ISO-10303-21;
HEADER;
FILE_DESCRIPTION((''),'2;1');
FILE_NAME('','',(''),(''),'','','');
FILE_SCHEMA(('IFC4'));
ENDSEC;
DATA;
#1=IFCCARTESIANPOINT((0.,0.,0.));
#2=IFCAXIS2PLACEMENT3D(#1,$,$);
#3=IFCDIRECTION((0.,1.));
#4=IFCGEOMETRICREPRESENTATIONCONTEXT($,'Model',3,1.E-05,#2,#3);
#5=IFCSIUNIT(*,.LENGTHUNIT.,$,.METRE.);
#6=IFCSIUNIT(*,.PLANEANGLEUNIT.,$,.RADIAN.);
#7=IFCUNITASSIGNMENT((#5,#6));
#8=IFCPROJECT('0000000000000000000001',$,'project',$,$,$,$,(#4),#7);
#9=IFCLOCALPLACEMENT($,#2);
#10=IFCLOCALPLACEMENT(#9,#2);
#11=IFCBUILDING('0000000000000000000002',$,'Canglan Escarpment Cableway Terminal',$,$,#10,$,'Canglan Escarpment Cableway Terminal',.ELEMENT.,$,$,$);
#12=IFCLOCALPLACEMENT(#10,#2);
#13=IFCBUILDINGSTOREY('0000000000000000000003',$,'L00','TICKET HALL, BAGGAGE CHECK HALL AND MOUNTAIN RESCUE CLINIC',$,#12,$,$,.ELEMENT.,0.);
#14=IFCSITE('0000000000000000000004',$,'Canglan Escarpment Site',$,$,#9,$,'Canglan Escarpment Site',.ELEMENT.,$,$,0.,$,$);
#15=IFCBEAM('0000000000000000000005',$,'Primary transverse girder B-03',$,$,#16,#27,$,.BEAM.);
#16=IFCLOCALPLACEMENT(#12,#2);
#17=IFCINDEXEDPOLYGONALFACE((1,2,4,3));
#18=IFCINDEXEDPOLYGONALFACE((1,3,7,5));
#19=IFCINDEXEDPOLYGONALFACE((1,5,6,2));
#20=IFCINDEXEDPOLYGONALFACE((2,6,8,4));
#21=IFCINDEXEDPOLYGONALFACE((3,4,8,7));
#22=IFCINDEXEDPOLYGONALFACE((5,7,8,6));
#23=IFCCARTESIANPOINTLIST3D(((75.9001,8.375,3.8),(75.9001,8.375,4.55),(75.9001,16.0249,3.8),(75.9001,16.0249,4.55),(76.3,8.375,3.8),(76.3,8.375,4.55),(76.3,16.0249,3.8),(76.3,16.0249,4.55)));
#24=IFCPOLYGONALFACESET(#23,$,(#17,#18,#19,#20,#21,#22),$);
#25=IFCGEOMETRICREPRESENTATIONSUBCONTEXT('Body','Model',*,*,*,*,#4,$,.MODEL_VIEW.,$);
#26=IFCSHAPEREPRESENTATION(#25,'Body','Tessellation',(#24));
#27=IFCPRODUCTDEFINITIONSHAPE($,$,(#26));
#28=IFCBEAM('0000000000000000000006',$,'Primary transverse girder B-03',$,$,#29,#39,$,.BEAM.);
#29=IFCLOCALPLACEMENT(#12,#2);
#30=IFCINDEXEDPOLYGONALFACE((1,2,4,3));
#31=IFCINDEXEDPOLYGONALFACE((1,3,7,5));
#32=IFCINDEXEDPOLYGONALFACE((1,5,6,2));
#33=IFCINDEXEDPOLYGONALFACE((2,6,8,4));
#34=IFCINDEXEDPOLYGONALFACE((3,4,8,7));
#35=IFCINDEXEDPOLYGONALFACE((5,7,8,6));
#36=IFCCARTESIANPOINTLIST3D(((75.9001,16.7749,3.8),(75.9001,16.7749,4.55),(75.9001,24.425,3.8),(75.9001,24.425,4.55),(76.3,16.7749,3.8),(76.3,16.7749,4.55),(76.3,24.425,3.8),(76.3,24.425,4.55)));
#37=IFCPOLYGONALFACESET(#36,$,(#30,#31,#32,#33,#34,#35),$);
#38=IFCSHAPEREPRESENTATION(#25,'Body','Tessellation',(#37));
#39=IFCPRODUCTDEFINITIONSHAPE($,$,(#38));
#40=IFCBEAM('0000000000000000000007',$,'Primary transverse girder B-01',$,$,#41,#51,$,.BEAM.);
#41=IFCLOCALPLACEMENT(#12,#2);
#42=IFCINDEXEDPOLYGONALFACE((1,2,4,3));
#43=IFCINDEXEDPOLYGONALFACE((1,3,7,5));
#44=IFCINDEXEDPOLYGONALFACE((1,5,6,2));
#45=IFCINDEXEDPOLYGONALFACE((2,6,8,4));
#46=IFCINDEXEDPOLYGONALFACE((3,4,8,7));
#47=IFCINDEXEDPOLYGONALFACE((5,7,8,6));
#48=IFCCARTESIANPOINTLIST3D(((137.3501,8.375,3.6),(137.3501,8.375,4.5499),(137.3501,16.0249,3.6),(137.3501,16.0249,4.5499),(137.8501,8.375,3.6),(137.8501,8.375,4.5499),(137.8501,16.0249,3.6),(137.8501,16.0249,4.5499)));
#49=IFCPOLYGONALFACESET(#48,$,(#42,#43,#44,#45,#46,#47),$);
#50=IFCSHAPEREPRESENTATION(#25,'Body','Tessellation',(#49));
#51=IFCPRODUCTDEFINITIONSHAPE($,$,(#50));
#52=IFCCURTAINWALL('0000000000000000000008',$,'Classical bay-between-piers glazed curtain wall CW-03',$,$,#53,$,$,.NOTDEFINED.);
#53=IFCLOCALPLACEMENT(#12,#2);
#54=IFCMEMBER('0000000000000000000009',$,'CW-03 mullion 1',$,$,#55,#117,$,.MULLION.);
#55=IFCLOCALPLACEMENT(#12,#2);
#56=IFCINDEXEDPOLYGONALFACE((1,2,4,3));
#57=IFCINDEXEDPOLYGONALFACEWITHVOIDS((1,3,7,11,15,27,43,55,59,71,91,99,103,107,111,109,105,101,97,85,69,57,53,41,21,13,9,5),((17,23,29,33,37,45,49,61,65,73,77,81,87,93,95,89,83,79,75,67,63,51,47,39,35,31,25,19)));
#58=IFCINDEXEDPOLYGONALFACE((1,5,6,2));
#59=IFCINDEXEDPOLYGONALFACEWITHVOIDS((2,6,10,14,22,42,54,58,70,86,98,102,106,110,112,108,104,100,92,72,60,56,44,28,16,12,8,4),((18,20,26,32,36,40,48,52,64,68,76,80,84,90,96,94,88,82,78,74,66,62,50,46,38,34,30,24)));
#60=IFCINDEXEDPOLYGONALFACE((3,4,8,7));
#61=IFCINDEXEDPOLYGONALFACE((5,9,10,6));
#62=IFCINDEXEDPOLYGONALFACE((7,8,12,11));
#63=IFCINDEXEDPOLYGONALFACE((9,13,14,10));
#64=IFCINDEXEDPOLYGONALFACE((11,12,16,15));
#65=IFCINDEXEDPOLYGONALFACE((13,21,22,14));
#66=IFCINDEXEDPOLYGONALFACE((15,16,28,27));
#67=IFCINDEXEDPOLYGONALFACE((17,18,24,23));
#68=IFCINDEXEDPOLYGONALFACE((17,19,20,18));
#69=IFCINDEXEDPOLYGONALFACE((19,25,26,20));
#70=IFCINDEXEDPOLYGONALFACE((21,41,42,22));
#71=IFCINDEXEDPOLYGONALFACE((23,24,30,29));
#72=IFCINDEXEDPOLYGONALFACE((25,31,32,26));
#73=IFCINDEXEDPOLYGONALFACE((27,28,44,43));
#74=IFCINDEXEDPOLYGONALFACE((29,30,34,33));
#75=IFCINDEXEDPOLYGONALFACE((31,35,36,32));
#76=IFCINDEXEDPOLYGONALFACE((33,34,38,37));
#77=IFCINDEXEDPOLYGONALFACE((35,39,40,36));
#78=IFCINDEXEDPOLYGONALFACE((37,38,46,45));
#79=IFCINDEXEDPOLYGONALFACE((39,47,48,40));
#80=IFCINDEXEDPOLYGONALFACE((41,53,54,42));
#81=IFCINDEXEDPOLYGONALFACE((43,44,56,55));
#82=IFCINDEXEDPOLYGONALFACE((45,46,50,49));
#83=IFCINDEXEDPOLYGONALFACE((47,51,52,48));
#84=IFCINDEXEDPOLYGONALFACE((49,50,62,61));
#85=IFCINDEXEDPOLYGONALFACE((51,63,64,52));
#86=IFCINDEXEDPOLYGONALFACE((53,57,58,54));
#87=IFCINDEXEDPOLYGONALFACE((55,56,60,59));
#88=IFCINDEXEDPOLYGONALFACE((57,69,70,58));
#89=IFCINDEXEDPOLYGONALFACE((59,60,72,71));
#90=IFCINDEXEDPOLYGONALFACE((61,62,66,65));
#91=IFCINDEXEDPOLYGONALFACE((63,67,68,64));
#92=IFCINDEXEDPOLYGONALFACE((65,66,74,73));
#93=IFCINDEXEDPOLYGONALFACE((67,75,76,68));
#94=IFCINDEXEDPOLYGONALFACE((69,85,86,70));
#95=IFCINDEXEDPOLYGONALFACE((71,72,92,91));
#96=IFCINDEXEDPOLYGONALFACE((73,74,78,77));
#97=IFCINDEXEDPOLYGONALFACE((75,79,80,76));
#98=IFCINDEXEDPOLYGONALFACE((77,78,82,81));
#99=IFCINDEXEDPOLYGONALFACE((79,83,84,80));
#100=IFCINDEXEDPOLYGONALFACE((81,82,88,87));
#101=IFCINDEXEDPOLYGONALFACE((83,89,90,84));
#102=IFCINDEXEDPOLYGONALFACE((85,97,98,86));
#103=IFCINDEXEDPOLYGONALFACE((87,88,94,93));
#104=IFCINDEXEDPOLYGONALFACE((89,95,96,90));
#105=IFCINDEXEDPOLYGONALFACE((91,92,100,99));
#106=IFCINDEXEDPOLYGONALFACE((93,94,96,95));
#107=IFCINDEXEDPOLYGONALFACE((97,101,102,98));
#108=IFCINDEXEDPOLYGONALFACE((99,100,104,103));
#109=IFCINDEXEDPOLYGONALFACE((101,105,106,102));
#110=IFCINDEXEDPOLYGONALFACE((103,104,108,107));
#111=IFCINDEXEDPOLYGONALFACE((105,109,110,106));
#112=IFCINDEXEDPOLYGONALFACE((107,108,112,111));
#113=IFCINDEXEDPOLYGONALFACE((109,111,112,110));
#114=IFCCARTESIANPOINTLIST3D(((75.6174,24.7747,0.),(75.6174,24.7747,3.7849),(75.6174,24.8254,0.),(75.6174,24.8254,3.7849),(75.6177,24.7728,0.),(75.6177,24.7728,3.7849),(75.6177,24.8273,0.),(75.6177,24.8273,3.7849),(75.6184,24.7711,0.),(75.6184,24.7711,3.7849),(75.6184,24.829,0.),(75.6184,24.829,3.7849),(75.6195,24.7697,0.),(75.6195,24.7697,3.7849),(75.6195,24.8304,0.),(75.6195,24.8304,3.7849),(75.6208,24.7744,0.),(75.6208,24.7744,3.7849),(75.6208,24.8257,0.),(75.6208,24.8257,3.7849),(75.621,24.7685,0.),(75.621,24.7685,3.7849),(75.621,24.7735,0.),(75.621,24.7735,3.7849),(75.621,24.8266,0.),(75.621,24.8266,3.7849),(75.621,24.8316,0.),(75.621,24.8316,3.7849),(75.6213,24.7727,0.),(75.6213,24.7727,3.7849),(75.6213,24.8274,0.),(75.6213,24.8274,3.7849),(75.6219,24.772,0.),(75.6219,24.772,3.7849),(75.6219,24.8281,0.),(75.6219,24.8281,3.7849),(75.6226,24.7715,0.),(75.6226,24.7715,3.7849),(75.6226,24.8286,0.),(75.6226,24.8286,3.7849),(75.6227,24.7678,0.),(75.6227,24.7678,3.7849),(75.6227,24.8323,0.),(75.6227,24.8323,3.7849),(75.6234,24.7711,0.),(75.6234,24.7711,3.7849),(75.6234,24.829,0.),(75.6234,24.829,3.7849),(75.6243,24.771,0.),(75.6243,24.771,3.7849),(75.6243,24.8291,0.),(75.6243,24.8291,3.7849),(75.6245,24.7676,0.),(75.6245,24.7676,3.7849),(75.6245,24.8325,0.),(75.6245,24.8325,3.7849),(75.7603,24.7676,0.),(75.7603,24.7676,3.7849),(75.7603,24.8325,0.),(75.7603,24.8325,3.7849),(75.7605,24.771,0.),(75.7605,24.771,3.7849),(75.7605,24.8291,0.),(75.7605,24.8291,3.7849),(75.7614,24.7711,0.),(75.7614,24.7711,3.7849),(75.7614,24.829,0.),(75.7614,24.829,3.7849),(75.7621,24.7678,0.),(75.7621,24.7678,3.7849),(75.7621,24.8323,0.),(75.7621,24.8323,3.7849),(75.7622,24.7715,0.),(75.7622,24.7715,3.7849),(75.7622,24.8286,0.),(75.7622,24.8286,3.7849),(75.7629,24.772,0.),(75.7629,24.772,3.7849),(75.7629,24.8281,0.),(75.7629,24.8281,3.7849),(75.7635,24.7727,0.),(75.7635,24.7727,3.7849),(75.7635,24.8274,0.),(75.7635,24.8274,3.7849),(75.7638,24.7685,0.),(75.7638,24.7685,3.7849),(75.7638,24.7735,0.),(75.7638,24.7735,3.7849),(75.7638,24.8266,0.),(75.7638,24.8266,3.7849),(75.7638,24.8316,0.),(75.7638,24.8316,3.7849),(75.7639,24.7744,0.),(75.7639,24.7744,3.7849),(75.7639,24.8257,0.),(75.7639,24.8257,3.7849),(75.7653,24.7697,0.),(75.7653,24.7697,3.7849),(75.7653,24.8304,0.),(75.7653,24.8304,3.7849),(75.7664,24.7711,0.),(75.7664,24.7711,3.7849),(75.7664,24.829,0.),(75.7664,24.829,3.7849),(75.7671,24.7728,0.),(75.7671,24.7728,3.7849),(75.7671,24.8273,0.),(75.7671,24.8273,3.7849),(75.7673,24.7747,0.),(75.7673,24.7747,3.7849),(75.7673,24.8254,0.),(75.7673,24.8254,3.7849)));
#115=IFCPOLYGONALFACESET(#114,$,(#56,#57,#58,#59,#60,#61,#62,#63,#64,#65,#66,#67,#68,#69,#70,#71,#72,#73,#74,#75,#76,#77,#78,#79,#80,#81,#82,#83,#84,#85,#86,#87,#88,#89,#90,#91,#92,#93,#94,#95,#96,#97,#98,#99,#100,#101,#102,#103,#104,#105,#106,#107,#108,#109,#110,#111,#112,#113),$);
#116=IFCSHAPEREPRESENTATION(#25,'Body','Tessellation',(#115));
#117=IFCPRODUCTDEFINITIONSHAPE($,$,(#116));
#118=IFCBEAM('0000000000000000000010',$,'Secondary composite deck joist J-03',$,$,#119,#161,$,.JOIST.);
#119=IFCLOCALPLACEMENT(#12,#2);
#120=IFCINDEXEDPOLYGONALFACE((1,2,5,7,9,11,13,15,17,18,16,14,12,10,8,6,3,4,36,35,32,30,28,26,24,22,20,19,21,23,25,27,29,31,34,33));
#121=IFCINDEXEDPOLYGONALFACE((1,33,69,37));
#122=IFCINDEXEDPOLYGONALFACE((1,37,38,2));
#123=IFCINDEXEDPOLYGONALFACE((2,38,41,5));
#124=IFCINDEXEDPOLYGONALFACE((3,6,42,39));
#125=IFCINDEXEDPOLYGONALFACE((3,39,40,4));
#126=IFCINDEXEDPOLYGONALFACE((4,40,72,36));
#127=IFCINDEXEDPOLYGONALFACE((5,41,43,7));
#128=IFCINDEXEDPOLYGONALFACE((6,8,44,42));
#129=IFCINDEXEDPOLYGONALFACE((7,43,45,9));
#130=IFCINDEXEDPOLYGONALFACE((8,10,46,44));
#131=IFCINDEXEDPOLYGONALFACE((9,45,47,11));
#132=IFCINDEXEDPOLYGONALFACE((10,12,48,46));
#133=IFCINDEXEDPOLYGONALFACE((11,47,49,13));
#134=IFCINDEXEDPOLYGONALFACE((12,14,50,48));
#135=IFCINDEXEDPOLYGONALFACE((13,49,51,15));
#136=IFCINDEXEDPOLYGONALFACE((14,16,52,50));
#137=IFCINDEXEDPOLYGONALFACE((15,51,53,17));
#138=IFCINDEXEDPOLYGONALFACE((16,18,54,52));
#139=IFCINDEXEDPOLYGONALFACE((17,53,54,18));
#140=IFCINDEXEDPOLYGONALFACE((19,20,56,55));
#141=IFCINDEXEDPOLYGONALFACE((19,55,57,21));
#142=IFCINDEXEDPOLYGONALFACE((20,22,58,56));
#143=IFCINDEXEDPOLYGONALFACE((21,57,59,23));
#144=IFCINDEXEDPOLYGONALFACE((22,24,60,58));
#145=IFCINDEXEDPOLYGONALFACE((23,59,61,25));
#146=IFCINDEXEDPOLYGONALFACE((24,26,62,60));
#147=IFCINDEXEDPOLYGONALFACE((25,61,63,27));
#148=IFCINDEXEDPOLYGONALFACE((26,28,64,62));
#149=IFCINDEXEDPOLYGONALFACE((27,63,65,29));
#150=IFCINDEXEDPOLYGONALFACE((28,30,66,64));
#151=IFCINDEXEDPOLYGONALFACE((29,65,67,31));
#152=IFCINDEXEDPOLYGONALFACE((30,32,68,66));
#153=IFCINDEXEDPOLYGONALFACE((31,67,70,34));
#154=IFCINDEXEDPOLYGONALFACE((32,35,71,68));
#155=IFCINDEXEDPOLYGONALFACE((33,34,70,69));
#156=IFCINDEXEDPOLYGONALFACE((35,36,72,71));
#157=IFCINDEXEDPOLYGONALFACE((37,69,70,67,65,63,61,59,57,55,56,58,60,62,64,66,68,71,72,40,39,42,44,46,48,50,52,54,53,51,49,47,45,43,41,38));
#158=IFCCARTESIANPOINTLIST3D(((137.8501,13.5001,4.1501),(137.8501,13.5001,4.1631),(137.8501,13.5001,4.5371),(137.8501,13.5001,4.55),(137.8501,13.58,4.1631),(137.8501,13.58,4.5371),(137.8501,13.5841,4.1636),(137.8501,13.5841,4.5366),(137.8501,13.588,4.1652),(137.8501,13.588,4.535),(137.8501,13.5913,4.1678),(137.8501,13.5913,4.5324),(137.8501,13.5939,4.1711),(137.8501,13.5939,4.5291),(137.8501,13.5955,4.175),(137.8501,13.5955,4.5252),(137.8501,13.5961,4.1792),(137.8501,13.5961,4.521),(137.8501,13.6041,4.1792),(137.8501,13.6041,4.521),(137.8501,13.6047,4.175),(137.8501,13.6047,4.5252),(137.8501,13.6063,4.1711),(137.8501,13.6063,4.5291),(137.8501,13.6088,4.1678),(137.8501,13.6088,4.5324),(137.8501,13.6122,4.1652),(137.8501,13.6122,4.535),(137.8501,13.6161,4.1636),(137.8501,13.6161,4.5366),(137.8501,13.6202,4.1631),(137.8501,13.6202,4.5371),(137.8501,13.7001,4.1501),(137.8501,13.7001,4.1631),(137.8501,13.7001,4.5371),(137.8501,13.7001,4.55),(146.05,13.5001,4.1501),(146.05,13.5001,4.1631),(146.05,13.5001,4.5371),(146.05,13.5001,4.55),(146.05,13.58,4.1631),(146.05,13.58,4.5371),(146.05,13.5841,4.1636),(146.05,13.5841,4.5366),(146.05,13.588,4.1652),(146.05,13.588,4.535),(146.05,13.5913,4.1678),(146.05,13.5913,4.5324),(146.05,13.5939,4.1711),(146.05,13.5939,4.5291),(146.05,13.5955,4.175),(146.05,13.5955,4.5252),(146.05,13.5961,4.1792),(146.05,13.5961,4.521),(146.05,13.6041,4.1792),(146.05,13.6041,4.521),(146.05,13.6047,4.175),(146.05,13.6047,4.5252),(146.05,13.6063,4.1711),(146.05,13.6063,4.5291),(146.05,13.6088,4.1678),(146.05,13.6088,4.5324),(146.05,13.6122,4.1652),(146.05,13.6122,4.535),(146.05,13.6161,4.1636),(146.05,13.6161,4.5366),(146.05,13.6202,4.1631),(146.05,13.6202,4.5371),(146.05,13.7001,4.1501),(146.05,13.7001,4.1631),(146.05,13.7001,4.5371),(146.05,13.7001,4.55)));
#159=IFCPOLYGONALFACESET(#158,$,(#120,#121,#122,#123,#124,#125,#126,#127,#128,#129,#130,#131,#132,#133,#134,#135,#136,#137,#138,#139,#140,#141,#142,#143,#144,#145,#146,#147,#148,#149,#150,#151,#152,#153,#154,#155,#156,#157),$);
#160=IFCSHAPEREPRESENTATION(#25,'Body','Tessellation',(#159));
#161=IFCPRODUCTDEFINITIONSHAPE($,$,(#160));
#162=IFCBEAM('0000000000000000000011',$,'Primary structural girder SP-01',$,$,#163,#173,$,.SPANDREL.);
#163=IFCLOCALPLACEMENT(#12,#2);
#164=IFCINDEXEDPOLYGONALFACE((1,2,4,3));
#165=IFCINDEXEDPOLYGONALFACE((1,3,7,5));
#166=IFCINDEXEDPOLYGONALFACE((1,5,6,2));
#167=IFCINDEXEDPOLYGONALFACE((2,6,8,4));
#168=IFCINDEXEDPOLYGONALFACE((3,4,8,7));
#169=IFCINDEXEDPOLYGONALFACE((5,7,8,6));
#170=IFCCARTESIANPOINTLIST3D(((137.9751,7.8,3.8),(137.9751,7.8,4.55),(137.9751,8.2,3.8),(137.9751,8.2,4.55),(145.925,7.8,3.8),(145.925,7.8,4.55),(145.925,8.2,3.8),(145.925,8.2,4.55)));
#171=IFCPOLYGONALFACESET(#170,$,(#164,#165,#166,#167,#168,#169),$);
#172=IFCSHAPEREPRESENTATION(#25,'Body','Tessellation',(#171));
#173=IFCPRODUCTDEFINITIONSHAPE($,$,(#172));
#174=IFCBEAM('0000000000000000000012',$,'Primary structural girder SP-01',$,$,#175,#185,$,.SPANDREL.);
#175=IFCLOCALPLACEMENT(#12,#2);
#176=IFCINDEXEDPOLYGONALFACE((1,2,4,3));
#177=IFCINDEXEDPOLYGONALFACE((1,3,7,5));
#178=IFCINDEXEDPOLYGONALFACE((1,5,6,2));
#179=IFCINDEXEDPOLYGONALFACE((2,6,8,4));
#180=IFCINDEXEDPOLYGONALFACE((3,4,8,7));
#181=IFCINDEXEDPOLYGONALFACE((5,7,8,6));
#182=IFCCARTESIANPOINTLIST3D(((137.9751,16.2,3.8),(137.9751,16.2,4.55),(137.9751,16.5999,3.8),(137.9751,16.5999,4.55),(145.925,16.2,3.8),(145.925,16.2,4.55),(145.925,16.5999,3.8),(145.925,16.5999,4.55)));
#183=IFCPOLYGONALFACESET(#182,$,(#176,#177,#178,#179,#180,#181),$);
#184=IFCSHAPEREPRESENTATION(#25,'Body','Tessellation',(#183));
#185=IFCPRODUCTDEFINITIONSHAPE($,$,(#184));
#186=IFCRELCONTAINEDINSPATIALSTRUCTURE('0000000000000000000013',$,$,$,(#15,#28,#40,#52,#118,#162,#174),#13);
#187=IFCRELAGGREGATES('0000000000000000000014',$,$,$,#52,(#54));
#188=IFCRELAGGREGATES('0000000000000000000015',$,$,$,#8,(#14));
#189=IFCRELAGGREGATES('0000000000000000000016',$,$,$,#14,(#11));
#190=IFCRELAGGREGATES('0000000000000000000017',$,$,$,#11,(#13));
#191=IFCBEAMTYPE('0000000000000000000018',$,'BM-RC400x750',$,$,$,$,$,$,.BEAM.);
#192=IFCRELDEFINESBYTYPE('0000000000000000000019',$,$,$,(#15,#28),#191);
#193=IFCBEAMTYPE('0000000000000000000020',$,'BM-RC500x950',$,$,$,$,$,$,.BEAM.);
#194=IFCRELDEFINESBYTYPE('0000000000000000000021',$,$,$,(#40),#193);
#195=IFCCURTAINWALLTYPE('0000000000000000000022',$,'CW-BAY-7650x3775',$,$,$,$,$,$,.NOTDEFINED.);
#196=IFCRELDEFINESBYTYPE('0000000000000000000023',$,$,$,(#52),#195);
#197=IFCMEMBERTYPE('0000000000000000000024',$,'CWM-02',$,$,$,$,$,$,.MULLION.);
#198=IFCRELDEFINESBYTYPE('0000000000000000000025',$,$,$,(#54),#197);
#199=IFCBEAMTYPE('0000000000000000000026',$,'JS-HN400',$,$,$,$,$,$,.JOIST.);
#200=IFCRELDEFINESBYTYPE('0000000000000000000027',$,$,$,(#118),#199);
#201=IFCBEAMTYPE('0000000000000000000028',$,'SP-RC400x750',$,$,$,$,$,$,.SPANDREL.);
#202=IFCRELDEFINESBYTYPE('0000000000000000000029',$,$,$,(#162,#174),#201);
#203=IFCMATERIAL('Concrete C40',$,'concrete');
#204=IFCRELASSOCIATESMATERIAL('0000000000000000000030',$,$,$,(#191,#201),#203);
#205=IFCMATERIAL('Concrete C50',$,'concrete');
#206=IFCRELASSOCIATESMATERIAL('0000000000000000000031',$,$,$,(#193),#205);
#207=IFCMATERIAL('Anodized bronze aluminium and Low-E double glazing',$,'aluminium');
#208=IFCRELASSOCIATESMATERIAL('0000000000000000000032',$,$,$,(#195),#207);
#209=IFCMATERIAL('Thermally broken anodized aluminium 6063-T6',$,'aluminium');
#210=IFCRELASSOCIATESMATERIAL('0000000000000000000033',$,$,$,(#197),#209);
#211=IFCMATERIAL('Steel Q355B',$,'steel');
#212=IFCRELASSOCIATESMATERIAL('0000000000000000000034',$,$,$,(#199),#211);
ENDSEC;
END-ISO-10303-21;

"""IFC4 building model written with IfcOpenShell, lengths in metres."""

from ifc_helpers import new_model, si_unit, direction, frame, origin, origin_2d, place, context, subcontext, project, spatial, rectangle, hollow_rectangle, i_section, extrude, material, material_profile, profile_set, type_object, element, aggregate, save


model = new_model("IFC4")

# Units and contexts
model_context = context("Model", 3, precision=1e-05, world=origin(), true_north=direction((0.0, 1.0)))
body_context = subcontext(model_context, "Body", "Model", "MODEL_VIEW")
ifc_project = project(units=[si_unit("LENGTHUNIT", "METRE"), si_unit("PLANEANGLEUNIT", "RADIAN")], contexts=[model_context])

# Site, building, storey
site_placement = place(None, origin())
site = spatial("IfcSite", under=ifc_project, at=site_placement, Name="Canglan Escarpment Site", LongName="Canglan Escarpment Site", CompositionType="ELEMENT", RefElevation=0.0)
building_placement = place(site_placement, origin())
building = spatial("IfcBuilding", under=site, at=building_placement, Name="Canglan Escarpment Cableway Terminal", LongName="Canglan Escarpment Cableway Terminal", CompositionType="ELEMENT")
storey_placement = place(building_placement, origin())
storey = spatial("IfcBuildingStorey", under=building, at=storey_placement, Name="L00", Description="TICKET HALL, BAGGAGE CHECK HALL AND MOUNTAIN RESCUE CLINIC", CompositionType="ELEMENT", Elevation=0.0)

# Shared definitions
ifc_material_1 = material(Name="Concrete C40", Category="concrete")

# Beams
ifc_material_profile_1 = material_profile(ifc_material_1, rectangle(XDim=0.3999, YDim=0.75, at=origin_2d()), Name="RC 400x750")
ifc_profile_set_1 = profile_set([ifc_material_profile_1], Name="Concrete C40")
beam_type_1 = type_object("IfcBeamType", Name="BM-RC400x750", PredefinedType="BEAM", material=ifc_profile_set_1)
beam_1_placement = place(storey_placement, frame((76.1001, 8.375, 4.175), z_axis=(0.0, 1.0, 0.0), x_axis=(-1.0, 0.0, 0.0)))
element("IfcBeam", 1, at=beam_1_placement, inside=storey, type_object=beam_type_1, Name="Primary transverse girder B-03", PredefinedType="BEAM", context=body_context, shape_type="SweptSolid", body=[
    extrude(rectangle(XDim=0.3999, YDim=0.75, at=origin_2d()), origin(), (0.0, 0.0, 1.0), 7.6499),
])
beam_2_placement = place(storey_placement, frame((76.1001, 16.7749, 4.175), z_axis=(0.0, 1.0, 0.0), x_axis=(-1.0, 0.0, 0.0)))
element("IfcBeam", 2, at=beam_2_placement, inside=storey, type_object=beam_type_1, Name="Primary transverse girder B-03", PredefinedType="BEAM", context=body_context, shape_type="SweptSolid", body=[
    extrude(rectangle(XDim=0.3999, YDim=0.75, at=origin_2d()), origin(), (0.0, 0.0, 1.0), 7.6501),
])
ifc_material_2 = material(Name="Concrete C50", Category="concrete")
ifc_material_profile_2 = material_profile(ifc_material_2, rectangle(XDim=0.5, YDim=0.95, at=origin_2d()), Name="RC 500x950")
ifc_profile_set_2 = profile_set([ifc_material_profile_2], Name="Concrete C50")
beam_type_2 = type_object("IfcBeamType", Name="BM-RC500x950", PredefinedType="BEAM", material=ifc_profile_set_2)
beam_3_placement = place(storey_placement, frame((137.6001, 8.375, 4.075), z_axis=(0.0, 1.0, 0.0), x_axis=(-1.0, 0.0, 0.0)))
element("IfcBeam", 3, at=beam_3_placement, inside=storey, type_object=beam_type_2, Name="Primary transverse girder B-01", PredefinedType="BEAM", context=body_context, shape_type="SweptSolid", body=[
    extrude(rectangle(XDim=0.5, YDim=0.95, at=origin_2d()), origin(), (0.0, 0.0, 1.0), 7.6499),
])

# Curtain wall, member
ifc_material_3 = material(Name="Anodized bronze aluminium and Low-E double glazing", Category="aluminium")
curtain_wall_type = type_object("IfcCurtainWallType", Name="CW-BAY-7650x3775", PredefinedType="NOTDEFINED", material=ifc_material_3)
curtain_wall_placement = place(storey_placement, origin())
curtain_wall = element("IfcCurtainWall", 4, at=curtain_wall_placement, inside=storey, type_object=curtain_wall_type, Name="Classical bay-between-piers glazed curtain wall CW-03", PredefinedType="NOTDEFINED")
ifc_material_4 = material(Name="Thermally broken anodized aluminium 6063-T6", Category="aluminium")
ifc_material_profile_3 = material_profile(ifc_material_4, hollow_rectangle(XDim=0.0649, YDim=0.1499, WallThickness=0.0034, InnerFilletRadius=0.0034, OuterFilletRadius=0.0071, at=origin_2d()), Name="ALU-MULL 65x150x3.5")
ifc_profile_set_3 = profile_set([ifc_material_profile_3], Name="Thermally broken anodized aluminium 6063-T6")
member_type = type_object("IfcMemberType", Name="CWM-02", PredefinedType="MULLION", material=ifc_profile_set_3)
member_placement = place(storey_placement, frame((75.6924, 24.8, 0.0), z_axis=(0.0, 0.0, 1.0), x_axis=(0.0, -1.0, 0.0)))
member = element("IfcMember", 5, at=member_placement, type_object=member_type, Name="CW-03 mullion 1", PredefinedType="MULLION", context=body_context, shape_type="SweptSolid", body=[
    extrude(hollow_rectangle(XDim=0.0649, YDim=0.1499, WallThickness=0.0034, InnerFilletRadius=0.0034, OuterFilletRadius=0.0071, at=origin_2d()), origin(), (0.0, 0.0, 1.0), 3.7849),
])
aggregate(curtain_wall, [member])

# Beams
ifc_material_5 = material(Name="Steel Q355B", Category="steel")
ifc_material_profile_4 = material_profile(ifc_material_5, i_section(OverallWidth=0.2, OverallDepth=0.3999, WebThickness=0.0081, FlangeThickness=0.0129, FilletRadius=0.0161, at=origin_2d()), Name="HN 400x200x8x13")
ifc_profile_set_4 = profile_set([ifc_material_profile_4], Name="Steel Q355B")
beam_type_3 = type_object("IfcBeamType", Name="JS-HN400", PredefinedType="JOIST", material=ifc_profile_set_4)
beam_4_placement = place(storey_placement, frame((137.8501, 13.6001, 4.3501), z_axis=(1.0, 0.0, 0.0), x_axis=(0.0, 1.0, 0.0)))
element("IfcBeam", 6, at=beam_4_placement, inside=storey, type_object=beam_type_3, Name="Secondary composite deck joist J-03", PredefinedType="JOIST", context=body_context, shape_type="SweptSolid", body=[
    extrude(i_section(OverallWidth=0.2, OverallDepth=0.3999, WebThickness=0.0081, FlangeThickness=0.0129, FilletRadius=0.0161, at=origin_2d()), origin(), (0.0, 0.0, 1.0), 8.2),
])
ifc_material_profile_5 = material_profile(ifc_material_1, rectangle(XDim=0.3999, YDim=0.75, at=origin_2d()), Name="RC 400x750")
ifc_profile_set_5 = profile_set([ifc_material_profile_5], Name="Concrete C40")
beam_type_4 = type_object("IfcBeamType", Name="SP-RC400x750", PredefinedType="SPANDREL", material=ifc_profile_set_5)
for number, where, z_axis, x_axis, name in (
    (7, (137.9751, 8.0, 4.175), (1.0, 0.0, 0.0), (0.0, 1.0, 0.0), "Primary structural girder SP-01"),
    (8, (137.9751, 16.3999, 4.175), (1.0, 0.0, 0.0), (0.0, 1.0, 0.0), "Primary structural girder SP-01"),
):
    element("IfcBeam", number, at=place(storey_placement, frame(where, z_axis=z_axis, x_axis=x_axis)), inside=storey, type_object=beam_type_4, Name=name, PredefinedType="SPANDREL", context=body_context, shape_type="SweptSolid", body=[
        extrude(rectangle(XDim=0.3999, YDim=0.75, at=origin_2d()), origin(), (0.0, 0.0, 1.0), 7.95),
    ])

save(model, "model.ifc")
